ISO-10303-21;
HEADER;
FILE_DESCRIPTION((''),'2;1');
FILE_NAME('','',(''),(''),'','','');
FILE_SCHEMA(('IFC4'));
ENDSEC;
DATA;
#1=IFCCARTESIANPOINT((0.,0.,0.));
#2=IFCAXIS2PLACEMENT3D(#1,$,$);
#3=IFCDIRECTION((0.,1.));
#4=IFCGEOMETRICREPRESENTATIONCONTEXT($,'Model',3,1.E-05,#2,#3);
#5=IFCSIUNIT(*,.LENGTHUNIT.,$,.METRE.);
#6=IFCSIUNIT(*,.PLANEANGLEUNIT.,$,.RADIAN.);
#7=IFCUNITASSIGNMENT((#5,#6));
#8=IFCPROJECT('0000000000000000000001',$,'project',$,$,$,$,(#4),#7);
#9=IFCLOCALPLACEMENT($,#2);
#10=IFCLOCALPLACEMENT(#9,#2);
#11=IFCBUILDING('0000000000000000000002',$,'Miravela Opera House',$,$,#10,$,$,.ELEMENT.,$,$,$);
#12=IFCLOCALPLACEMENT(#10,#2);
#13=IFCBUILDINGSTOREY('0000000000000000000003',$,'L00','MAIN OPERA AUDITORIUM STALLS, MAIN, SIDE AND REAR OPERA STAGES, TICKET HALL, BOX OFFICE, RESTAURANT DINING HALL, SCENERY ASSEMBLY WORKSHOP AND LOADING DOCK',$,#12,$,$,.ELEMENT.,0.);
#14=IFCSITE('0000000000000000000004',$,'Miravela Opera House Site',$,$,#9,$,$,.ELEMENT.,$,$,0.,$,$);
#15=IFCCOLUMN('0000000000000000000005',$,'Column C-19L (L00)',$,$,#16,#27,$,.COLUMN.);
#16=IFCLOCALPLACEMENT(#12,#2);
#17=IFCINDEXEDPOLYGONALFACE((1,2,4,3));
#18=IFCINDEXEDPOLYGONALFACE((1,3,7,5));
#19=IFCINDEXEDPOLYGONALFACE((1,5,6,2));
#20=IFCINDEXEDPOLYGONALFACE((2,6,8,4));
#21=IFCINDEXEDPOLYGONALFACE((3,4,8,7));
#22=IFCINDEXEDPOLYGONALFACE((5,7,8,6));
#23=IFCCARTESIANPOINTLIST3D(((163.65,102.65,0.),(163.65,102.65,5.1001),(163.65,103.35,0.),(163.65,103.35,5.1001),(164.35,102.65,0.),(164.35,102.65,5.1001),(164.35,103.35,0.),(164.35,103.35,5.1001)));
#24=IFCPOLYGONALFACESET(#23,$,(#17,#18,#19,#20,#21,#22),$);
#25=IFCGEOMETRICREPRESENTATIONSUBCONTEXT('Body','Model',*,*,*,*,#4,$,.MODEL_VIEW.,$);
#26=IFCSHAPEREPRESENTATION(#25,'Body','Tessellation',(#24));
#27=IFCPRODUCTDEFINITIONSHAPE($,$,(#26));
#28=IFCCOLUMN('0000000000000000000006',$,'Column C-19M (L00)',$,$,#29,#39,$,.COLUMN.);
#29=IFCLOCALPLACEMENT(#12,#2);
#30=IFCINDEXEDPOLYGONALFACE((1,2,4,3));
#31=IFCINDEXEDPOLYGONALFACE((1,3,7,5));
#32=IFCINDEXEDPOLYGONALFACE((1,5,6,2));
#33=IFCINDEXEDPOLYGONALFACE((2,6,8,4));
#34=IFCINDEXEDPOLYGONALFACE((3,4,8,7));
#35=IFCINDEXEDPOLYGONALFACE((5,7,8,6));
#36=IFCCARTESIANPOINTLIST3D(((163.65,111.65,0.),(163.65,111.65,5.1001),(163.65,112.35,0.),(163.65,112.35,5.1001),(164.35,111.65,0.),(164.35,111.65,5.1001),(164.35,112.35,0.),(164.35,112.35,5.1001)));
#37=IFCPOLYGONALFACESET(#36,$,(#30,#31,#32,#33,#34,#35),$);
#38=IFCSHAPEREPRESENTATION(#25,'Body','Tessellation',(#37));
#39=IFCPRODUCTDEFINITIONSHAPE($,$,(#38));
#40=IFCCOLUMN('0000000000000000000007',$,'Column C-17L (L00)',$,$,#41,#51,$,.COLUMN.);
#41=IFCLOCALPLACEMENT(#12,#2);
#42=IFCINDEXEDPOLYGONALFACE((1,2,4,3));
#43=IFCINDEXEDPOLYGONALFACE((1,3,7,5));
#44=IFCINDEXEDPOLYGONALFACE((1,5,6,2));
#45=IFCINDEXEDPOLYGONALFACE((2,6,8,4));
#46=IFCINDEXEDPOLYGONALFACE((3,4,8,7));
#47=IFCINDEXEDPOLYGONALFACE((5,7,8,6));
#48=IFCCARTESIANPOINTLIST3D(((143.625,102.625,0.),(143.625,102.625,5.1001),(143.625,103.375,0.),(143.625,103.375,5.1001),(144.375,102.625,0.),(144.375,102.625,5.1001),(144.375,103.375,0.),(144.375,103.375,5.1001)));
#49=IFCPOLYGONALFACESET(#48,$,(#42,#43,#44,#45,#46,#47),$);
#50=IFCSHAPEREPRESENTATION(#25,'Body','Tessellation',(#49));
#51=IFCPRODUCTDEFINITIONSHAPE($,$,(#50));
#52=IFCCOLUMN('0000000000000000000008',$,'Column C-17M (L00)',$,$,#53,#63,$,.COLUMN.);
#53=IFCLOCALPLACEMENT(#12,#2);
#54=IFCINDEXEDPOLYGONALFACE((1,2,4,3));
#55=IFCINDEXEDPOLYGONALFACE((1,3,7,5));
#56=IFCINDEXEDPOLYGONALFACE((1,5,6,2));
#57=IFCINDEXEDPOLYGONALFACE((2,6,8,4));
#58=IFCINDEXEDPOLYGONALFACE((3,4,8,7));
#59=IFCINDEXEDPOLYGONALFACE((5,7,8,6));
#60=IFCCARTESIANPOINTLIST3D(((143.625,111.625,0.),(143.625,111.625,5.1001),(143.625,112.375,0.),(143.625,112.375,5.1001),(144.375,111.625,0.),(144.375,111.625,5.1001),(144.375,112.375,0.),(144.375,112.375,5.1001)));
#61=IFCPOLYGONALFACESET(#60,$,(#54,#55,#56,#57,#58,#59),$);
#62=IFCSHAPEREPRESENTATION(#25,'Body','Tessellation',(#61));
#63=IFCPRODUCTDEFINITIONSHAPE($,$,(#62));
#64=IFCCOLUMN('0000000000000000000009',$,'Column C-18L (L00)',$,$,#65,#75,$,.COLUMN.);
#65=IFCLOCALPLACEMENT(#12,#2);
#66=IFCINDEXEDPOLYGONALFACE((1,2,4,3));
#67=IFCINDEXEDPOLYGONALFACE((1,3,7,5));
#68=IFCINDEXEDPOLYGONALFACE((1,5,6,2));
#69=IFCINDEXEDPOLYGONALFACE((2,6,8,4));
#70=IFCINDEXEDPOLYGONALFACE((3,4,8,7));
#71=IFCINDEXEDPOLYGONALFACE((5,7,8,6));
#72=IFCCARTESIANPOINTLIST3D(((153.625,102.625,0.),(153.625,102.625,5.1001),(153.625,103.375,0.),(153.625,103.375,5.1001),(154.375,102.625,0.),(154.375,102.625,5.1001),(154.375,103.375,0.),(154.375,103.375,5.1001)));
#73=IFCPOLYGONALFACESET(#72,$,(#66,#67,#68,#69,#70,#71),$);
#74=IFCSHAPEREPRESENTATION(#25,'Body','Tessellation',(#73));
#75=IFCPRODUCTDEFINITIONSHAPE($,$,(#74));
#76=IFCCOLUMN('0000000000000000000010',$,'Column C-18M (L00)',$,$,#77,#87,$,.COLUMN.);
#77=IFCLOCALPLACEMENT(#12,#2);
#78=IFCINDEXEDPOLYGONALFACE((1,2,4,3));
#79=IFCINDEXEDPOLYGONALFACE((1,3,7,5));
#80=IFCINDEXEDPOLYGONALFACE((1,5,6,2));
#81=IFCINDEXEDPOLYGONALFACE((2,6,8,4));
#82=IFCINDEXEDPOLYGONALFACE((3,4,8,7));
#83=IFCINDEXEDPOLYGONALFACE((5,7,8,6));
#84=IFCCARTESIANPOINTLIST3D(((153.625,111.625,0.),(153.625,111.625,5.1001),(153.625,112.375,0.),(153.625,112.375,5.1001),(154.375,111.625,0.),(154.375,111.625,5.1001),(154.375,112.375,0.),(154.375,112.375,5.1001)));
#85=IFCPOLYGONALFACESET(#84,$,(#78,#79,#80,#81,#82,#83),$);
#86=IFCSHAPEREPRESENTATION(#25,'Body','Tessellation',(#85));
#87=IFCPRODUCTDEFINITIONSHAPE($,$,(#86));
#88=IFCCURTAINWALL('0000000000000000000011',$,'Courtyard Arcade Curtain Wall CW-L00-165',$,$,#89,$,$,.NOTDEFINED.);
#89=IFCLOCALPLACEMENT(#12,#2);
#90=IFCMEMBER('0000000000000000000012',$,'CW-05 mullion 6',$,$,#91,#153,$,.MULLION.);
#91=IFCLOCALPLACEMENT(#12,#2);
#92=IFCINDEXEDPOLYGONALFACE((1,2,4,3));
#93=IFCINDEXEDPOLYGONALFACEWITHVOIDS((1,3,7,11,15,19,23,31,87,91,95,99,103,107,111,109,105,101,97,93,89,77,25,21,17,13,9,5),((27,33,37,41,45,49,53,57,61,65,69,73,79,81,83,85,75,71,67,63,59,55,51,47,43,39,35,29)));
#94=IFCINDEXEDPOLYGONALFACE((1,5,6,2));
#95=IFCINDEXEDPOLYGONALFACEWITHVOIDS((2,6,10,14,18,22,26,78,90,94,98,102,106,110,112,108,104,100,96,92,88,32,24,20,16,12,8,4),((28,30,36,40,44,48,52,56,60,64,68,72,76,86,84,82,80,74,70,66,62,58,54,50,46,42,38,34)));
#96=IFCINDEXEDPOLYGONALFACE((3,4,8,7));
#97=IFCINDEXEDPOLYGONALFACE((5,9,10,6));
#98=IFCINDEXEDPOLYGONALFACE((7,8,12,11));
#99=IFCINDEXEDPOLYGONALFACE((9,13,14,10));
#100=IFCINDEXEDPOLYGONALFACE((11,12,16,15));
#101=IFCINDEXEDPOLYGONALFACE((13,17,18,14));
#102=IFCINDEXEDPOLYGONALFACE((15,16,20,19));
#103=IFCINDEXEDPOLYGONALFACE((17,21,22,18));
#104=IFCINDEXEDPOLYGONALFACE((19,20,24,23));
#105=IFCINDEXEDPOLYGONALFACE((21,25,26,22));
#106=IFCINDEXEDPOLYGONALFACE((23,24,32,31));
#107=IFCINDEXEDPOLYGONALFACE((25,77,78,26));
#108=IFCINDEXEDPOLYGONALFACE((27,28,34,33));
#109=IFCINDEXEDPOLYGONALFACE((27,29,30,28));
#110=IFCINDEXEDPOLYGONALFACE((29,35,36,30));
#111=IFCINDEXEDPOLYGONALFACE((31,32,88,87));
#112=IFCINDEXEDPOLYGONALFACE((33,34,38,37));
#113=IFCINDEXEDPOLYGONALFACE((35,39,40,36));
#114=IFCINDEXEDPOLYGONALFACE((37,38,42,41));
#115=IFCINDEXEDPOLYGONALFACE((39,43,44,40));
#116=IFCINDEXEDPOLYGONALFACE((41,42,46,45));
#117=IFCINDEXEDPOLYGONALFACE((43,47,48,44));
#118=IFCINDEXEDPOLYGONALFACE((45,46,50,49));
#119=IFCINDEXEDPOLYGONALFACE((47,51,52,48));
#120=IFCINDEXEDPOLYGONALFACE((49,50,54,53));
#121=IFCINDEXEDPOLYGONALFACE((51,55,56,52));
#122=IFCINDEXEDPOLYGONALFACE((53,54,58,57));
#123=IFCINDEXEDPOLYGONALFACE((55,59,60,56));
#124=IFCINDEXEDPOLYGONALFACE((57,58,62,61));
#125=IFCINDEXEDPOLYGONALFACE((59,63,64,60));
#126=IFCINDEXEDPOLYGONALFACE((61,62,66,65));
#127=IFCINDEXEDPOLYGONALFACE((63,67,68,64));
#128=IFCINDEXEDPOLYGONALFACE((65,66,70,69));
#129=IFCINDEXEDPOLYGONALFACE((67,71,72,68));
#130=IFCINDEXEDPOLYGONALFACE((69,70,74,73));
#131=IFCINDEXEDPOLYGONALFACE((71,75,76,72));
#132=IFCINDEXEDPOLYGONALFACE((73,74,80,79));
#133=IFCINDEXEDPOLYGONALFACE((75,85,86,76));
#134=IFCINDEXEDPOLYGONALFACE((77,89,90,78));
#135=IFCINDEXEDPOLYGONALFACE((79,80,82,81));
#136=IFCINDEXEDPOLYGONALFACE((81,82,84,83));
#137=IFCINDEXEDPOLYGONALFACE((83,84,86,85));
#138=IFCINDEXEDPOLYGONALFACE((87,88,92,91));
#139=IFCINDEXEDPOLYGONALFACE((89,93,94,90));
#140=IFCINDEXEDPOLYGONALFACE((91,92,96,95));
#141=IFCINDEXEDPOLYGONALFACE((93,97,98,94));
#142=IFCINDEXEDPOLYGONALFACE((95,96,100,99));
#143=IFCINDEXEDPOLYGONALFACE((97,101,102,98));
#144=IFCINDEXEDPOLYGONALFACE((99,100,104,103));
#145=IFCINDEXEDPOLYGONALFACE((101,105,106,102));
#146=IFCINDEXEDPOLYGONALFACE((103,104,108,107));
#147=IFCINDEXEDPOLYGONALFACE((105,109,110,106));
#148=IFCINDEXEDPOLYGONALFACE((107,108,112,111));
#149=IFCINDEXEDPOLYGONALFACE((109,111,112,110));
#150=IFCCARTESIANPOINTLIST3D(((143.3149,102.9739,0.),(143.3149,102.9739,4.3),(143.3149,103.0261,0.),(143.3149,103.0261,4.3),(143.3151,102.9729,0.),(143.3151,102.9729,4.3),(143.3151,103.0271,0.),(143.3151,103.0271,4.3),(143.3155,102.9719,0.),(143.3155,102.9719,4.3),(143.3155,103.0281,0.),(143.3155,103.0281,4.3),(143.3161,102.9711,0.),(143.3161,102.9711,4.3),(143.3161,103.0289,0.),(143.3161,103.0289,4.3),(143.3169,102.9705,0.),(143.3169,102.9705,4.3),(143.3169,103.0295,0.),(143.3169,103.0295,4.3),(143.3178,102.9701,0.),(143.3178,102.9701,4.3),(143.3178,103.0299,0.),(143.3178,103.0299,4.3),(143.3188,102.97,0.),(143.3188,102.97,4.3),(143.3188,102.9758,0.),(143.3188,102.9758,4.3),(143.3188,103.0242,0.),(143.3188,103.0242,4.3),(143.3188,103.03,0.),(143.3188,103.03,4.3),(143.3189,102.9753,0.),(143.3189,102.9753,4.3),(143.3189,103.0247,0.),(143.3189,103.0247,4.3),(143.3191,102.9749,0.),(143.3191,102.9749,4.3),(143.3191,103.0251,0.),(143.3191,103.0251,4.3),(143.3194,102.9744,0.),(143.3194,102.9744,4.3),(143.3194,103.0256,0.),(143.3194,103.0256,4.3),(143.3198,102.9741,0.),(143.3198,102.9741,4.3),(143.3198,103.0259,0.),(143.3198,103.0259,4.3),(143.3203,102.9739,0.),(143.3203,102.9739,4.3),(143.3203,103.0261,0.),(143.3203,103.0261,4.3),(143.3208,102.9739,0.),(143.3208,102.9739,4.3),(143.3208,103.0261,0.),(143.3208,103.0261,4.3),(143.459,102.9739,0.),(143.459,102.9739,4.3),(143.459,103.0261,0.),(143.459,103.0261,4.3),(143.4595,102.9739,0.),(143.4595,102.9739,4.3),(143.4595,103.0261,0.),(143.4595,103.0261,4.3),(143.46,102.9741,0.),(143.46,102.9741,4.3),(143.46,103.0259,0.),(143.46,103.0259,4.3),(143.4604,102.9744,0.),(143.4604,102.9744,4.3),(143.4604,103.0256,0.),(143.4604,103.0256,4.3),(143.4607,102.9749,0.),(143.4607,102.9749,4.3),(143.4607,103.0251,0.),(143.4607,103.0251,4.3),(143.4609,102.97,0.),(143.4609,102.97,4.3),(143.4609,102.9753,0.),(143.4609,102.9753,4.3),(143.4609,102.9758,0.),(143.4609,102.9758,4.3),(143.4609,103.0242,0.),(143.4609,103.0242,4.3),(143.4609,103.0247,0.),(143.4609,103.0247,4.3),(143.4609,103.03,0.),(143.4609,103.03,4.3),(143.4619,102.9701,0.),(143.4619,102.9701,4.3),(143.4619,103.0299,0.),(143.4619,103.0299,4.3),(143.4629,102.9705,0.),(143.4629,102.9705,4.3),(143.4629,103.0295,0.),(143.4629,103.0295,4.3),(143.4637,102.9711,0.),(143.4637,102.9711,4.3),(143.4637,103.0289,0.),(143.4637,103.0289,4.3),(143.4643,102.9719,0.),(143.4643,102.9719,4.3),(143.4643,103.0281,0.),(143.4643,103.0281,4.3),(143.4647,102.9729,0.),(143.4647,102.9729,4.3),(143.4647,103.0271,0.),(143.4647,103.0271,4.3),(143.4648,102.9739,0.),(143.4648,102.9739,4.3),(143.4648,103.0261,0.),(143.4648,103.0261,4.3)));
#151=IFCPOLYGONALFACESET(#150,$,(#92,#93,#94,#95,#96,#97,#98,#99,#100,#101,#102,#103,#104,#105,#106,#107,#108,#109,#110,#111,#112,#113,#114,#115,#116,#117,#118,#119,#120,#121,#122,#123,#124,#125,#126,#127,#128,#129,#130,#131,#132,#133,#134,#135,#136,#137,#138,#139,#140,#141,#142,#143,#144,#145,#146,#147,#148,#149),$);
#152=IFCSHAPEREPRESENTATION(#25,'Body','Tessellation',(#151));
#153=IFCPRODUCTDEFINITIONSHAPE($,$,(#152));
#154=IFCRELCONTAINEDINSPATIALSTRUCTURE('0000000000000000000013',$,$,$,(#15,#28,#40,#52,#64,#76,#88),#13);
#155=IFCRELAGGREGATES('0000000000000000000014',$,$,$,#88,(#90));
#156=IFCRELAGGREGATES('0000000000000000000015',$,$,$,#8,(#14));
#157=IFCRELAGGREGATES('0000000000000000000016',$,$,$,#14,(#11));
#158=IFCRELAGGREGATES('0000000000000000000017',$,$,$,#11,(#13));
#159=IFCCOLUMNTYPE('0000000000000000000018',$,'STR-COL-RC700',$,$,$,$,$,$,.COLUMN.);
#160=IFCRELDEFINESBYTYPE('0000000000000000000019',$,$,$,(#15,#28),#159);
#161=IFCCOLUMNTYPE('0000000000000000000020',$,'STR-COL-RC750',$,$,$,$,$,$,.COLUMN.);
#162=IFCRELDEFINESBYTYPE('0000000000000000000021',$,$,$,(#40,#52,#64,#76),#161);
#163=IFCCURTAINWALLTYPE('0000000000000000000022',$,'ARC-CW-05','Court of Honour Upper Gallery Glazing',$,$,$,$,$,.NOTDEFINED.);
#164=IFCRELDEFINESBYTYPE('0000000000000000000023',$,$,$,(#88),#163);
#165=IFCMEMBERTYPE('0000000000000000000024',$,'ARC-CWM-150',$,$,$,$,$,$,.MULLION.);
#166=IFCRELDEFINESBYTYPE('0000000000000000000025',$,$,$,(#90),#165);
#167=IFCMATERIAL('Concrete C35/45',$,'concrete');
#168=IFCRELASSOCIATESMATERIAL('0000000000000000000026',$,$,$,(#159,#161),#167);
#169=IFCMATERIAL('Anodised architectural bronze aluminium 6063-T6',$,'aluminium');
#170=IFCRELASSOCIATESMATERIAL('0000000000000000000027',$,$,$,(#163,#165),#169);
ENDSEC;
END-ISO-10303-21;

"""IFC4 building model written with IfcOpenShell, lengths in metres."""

from ifc_helpers import new_model, si_unit, direction, frame, origin, origin_2d, place, context, subcontext, project, spatial, rectangle, hollow_rectangle, extrude, material, material_profile, profile_set, type_object, element, aggregate, save


model = new_model("IFC4")

# Units and contexts
model_context = context("Model", 3, precision=1e-05, world=origin(), true_north=direction((0.0, 1.0)))
body_context = subcontext(model_context, "Body", "Model", "MODEL_VIEW")
ifc_project = project(units=[si_unit("LENGTHUNIT", "METRE"), si_unit("PLANEANGLEUNIT", "RADIAN")], contexts=[model_context])

# Site, building, storey
site_placement = place(None, origin())
site = spatial("IfcSite", under=ifc_project, at=site_placement, Name="Miravela Opera House Site", CompositionType="ELEMENT", RefElevation=0.0)
building_placement = place(site_placement, origin())
building = spatial("IfcBuilding", under=site, at=building_placement, Name="Miravela Opera House", CompositionType="ELEMENT")
storey_placement = place(building_placement, origin())
storey = spatial("IfcBuildingStorey", under=building, at=storey_placement, Name="L00", Description="MAIN OPERA AUDITORIUM STALLS, MAIN, SIDE AND REAR OPERA STAGES, TICKET HALL, BOX OFFICE, RESTAURANT DINING HALL, SCENERY ASSEMBLY WORKSHOP AND LOADING DOCK", CompositionType="ELEMENT", Elevation=0.0)

# Columns
ifc_material_1 = material(Name="Concrete C35/45", Category="concrete")
ifc_material_profile_1 = material_profile(ifc_material_1, rectangle(XDim=0.7, YDim=0.7, at=origin_2d()), Name="RC-COL-700X700")
ifc_profile_set_1 = profile_set([ifc_material_profile_1])
column_type_1 = type_object("IfcColumnType", Name="STR-COL-RC700", PredefinedType="COLUMN", material=ifc_profile_set_1)
for number, where, z_axis, x_axis, name in (
    (1, (164.0, 103.0, 0.0), (0.0, 0.0, 1.0), (1.0, 0.0, 0.0), "Column C-19L (L00)"),
    (2, (164.0, 112.0, 0.0), (0.0, 0.0, 1.0), (1.0, 0.0, 0.0), "Column C-19M (L00)"),
):
    element("IfcColumn", number, at=place(storey_placement, frame(where, z_axis=z_axis, x_axis=x_axis)), inside=storey, type_object=column_type_1, Name=name, PredefinedType="COLUMN", context=body_context, shape_type="SweptSolid", body=[
        extrude(rectangle(XDim=0.7, YDim=0.7, at=origin_2d()), origin(), (0.0, 0.0, 1.0), 5.1001),
    ])
ifc_material_profile_2 = material_profile(ifc_material_1, rectangle(XDim=0.75, YDim=0.75, at=origin_2d()), Name="RC-COL-750X750")
ifc_profile_set_2 = profile_set([ifc_material_profile_2])
column_type_2 = type_object("IfcColumnType", Name="STR-COL-RC750", PredefinedType="COLUMN", material=ifc_profile_set_2)
for number, where, z_axis, x_axis, name in (
    (3, (144.0, 103.0, 0.0), (0.0, 0.0, 1.0), (1.0, 0.0, 0.0), "Column C-17L (L00)"),
    (4, (144.0, 112.0, 0.0), (0.0, 0.0, 1.0), (1.0, 0.0, 0.0), "Column C-17M (L00)"),
    (5, (154.0, 103.0, 0.0), (0.0, 0.0, 1.0), (1.0, 0.0, 0.0), "Column C-18L (L00)"),
    (6, (154.0, 112.0, 0.0), (0.0, 0.0, 1.0), (1.0, 0.0, 0.0), "Column C-18M (L00)"),
):
    element("IfcColumn", number, at=place(storey_placement, frame(where, z_axis=z_axis, x_axis=x_axis)), inside=storey, type_object=column_type_2, Name=name, PredefinedType="COLUMN", context=body_context, shape_type="SweptSolid", body=[
        extrude(rectangle(XDim=0.75, YDim=0.75, at=origin_2d()), origin(), (0.0, 0.0, 1.0), 5.1001),
    ])

# Curtain wall, member
ifc_material_2 = material(Name="Anodised architectural bronze aluminium 6063-T6", Category="aluminium")
curtain_wall_type = type_object("IfcCurtainWallType", Name="ARC-CW-05", Description="Court of Honour Upper Gallery Glazing", PredefinedType="NOTDEFINED", material=ifc_material_2)
curtain_wall_placement = place(storey_placement, origin())
curtain_wall = element("IfcCurtainWall", 7, at=curtain_wall_placement, inside=storey, type_object=curtain_wall_type, Name="Courtyard Arcade Curtain Wall CW-L00-165", PredefinedType="NOTDEFINED")
ifc_material_profile_3 = material_profile(ifc_material_2, hollow_rectangle(XDim=0.0601, YDim=0.1499, WallThickness=0.0039, InnerFilletRadius=0.002, OuterFilletRadius=0.0039, at=origin_2d()), Name="CWM-60X150")
ifc_profile_set_3 = profile_set([ifc_material_profile_3])
member_type_1 = type_object("IfcMemberType", Name="ARC-CWM-150", PredefinedType="MULLION", material=ifc_profile_set_3)
member_1_placement = place(storey_placement, frame((143.3899, 103.0, 0.0), z_axis=(0.0, 0.0, 1.0), x_axis=(0.0, 1.0, 0.0)))
member_1 = element("IfcMember", 8, at=member_1_placement, type_object=member_type_1, Name="CW-05 mullion 6", PredefinedType="MULLION", context=body_context, shape_type="SweptSolid", body=[
    extrude(hollow_rectangle(XDim=0.0601, YDim=0.1499, WallThickness=0.0039, InnerFilletRadius=0.002, OuterFilletRadius=0.0039, at=origin_2d()), origin(), (0.0, 0.0, 1.0), 4.3),
])

aggregate(curtain_wall, [member_1])

save(model, "model.ifc")
